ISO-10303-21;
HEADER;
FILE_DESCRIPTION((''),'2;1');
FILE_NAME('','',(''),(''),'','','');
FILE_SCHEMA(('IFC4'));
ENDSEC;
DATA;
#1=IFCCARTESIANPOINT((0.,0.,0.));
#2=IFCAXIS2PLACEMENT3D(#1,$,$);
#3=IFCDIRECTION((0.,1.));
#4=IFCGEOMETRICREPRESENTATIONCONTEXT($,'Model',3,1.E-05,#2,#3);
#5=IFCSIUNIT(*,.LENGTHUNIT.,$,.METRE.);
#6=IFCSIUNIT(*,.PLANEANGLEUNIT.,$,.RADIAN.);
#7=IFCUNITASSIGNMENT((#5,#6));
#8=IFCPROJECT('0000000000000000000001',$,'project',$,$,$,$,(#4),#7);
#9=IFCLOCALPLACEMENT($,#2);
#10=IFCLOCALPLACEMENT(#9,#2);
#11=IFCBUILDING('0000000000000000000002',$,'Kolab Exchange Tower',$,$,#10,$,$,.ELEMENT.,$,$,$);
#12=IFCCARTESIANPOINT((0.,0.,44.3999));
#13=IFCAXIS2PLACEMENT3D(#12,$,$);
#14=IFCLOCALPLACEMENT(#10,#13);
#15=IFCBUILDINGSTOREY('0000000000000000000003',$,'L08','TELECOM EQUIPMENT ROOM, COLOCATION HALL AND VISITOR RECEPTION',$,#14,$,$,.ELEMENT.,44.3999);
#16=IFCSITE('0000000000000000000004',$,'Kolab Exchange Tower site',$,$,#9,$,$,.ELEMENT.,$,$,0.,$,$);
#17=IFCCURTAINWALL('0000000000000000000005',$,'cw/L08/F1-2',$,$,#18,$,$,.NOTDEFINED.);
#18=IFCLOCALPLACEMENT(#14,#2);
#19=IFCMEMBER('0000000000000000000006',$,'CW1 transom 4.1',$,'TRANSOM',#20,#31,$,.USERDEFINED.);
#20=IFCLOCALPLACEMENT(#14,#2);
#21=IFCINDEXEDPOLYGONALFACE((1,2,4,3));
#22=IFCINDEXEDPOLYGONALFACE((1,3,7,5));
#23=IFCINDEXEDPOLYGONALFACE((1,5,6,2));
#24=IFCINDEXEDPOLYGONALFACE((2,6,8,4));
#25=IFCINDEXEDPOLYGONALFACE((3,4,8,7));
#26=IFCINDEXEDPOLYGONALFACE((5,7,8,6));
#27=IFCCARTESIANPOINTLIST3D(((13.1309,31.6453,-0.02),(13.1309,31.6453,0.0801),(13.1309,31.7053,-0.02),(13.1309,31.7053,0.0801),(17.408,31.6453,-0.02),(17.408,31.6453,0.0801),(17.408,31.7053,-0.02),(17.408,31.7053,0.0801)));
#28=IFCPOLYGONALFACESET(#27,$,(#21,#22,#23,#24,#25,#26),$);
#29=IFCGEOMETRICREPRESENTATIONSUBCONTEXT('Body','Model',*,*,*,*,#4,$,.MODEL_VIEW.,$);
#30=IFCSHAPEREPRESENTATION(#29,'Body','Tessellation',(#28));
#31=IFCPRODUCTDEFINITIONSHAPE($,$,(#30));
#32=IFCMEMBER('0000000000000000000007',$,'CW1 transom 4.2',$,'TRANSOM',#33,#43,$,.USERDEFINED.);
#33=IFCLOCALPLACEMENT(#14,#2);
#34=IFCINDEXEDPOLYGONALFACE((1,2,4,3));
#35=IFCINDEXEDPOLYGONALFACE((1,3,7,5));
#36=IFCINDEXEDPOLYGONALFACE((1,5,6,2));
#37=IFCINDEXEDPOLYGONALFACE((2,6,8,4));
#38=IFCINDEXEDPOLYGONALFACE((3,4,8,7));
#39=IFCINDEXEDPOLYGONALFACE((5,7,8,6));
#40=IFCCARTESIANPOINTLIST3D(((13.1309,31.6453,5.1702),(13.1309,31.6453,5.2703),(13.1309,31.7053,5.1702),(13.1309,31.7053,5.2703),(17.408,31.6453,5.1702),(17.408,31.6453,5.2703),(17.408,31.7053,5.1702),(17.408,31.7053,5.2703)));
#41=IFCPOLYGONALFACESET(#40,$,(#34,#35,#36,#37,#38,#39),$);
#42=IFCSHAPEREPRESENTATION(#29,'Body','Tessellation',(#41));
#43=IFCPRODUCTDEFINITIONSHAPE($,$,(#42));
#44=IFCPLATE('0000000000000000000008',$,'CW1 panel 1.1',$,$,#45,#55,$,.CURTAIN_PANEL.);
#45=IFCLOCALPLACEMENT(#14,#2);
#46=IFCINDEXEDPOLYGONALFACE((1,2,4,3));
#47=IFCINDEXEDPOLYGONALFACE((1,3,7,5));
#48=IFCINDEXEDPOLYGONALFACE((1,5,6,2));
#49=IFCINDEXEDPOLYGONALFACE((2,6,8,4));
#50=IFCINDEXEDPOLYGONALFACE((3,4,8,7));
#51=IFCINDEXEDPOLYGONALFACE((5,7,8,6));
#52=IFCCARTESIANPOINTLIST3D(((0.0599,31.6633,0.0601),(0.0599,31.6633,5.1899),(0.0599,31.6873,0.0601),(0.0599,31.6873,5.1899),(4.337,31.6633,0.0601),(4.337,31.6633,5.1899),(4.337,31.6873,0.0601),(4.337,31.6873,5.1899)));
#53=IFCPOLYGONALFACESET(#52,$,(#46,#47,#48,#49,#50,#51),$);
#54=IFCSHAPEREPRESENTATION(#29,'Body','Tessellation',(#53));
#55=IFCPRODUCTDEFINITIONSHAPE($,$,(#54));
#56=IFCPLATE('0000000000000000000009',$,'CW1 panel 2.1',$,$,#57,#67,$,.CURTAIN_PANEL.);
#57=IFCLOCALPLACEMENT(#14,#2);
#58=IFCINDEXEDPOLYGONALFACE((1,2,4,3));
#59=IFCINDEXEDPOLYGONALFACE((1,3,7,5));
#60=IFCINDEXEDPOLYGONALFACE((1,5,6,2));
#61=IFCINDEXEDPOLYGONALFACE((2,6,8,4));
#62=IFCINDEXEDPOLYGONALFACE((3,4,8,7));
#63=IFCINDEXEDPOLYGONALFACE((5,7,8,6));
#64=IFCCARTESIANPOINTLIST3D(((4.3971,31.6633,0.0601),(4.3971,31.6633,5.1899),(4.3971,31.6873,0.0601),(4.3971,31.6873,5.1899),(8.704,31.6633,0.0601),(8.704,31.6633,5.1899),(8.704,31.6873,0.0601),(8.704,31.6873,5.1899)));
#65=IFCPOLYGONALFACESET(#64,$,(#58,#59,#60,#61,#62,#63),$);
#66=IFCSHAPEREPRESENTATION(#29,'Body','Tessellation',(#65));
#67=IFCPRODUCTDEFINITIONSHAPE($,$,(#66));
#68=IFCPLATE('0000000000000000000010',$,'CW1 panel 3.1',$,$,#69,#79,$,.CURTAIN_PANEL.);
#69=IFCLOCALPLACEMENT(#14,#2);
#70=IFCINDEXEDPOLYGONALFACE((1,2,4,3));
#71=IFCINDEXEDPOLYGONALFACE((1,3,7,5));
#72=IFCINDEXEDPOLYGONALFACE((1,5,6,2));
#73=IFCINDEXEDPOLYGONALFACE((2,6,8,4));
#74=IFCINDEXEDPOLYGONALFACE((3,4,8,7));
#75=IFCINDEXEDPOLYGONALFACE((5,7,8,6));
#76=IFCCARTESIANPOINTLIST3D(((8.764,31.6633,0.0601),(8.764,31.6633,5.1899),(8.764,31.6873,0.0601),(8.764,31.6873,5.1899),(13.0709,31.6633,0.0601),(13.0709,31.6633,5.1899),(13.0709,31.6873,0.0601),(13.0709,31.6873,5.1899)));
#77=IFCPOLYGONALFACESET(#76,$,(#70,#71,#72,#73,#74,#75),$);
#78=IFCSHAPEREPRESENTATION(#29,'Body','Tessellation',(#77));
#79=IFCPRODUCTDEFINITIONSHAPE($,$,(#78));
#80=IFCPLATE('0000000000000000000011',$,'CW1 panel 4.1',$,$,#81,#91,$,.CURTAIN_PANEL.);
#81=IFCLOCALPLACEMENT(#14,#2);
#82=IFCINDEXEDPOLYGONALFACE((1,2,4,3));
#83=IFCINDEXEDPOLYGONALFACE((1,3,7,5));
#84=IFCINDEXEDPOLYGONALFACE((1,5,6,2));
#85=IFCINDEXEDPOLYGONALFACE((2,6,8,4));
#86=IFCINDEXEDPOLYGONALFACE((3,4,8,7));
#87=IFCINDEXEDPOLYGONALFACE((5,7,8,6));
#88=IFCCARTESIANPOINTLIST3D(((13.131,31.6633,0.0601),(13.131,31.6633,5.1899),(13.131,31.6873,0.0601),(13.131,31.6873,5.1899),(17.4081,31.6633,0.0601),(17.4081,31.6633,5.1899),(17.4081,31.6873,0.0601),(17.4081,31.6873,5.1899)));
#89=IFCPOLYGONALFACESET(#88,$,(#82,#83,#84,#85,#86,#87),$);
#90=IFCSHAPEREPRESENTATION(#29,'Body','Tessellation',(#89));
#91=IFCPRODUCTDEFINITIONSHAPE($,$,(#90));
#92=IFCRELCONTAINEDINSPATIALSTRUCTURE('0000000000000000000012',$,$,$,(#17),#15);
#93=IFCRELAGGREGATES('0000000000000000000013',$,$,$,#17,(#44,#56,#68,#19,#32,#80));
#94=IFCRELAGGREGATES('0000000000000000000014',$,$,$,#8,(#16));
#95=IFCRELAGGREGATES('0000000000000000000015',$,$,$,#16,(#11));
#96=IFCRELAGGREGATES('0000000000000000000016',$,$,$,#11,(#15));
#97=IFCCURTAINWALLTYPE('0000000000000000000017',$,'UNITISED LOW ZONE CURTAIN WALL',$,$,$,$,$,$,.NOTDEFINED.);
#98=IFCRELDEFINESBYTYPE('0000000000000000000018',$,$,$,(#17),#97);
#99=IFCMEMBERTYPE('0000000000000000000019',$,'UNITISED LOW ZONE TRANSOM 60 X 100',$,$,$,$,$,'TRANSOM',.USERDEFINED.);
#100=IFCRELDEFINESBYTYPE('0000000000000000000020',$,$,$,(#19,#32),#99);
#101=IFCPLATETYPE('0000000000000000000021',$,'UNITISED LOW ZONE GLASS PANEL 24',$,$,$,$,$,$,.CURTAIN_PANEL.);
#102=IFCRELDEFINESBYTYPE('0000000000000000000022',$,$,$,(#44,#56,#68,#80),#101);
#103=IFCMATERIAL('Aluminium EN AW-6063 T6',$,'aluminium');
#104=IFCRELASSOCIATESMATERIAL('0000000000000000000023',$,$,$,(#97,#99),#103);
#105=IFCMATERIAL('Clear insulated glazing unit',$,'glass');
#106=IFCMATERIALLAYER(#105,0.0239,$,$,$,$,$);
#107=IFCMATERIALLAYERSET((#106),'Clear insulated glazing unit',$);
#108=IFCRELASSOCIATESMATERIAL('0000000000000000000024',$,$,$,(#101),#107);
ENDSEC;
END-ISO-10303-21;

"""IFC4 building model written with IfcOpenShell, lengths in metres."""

from ifc_helpers import new_model, si_unit, direction, frame, origin, origin_2d, place, context, subcontext, project, spatial, rectangle, extrude, material, layer, layer_set, material_profile, profile_set, type_object, element, aggregate, save


model = new_model("IFC4")

# Units and contexts
model_context = context("Model", 3, precision=1e-05, world=origin(), true_north=direction((0.0, 1.0)))
body_context = subcontext(model_context, "Body", "Model", "MODEL_VIEW")
ifc_project = project(units=[si_unit("LENGTHUNIT", "METRE"), si_unit("PLANEANGLEUNIT", "RADIAN")], contexts=[model_context])

# Site, building, storey
site_placement = place(None, origin())
site = spatial("IfcSite", under=ifc_project, at=site_placement, Name="Kolab Exchange Tower site", CompositionType="ELEMENT", RefElevation=0.0)
building_placement = place(site_placement, origin())
building = spatial("IfcBuilding", under=site, at=building_placement, Name="Kolab Exchange Tower", CompositionType="ELEMENT")
storey_placement = place(building_placement, frame((0.0, 0.0, 44.3999)))
storey = spatial("IfcBuildingStorey", under=building, at=storey_placement, Name="L08", Description="TELECOM EQUIPMENT ROOM, COLOCATION HALL AND VISITOR RECEPTION", CompositionType="ELEMENT", Elevation=44.3999)

# Curtain wall, members, plates
ifc_material_1 = material(Name="Aluminium EN AW-6063 T6", Category="aluminium")
curtain_wall_type = type_object("IfcCurtainWallType", Name="UNITISED LOW ZONE CURTAIN WALL", PredefinedType="NOTDEFINED", material=ifc_material_1)
curtain_wall_placement = place(storey_placement, origin())
curtain_wall = element("IfcCurtainWall", 1, at=curtain_wall_placement, inside=storey, type_object=curtain_wall_type, Name="cw/L08/F1-2", PredefinedType="NOTDEFINED")
ifc_material_profile_1 = material_profile(ifc_material_1, rectangle(XDim=0.0601, YDim=0.1001, at=origin_2d()), Name="RECT 60X100")
ifc_profile_set_1 = profile_set([ifc_material_profile_1], Name="Aluminium EN AW-6063 T6")
member_type_1 = type_object("IfcMemberType", Name="UNITISED LOW ZONE TRANSOM 60 X 100", ElementType="TRANSOM", PredefinedType="USERDEFINED", material=ifc_profile_set_1)
member_1_placement = place(storey_placement, frame((13.1309, 31.6753, 0.03), z_axis=(1.0, 0.0, 0.0), x_axis=(0.0, 1.0, 0.0)))
member_1 = element("IfcMember", 2, at=member_1_placement, type_object=member_type_1, Name="CW1 transom 4.1", ObjectType="TRANSOM", PredefinedType="USERDEFINED", context=body_context, shape_type="SweptSolid", body=[
    extrude(rectangle(XDim=0.0601, YDim=0.1001, at=origin_2d()), origin(), (0.0, 0.0, 1.0), 4.2771),
])
member_2_placement = place(storey_placement, frame((13.1309, 31.6753, 5.2202), z_axis=(1.0, 0.0, 0.0), x_axis=(0.0, 1.0, 0.0)))
member_2 = element("IfcMember", 3, at=member_2_placement, type_object=member_type_1, Name="CW1 transom 4.2", ObjectType="TRANSOM", PredefinedType="USERDEFINED", context=body_context, shape_type="SweptSolid", body=[
    extrude(rectangle(XDim=0.0601, YDim=0.1001, at=origin_2d()), origin(), (0.0, 0.0, 1.0), 4.2771),
])
ifc_material_2 = material(Name="Clear insulated glazing unit", Category="glass")
ifc_layer = layer(ifc_material_2, 0.0239)
ifc_layer_set = layer_set([ifc_layer], Name="Clear insulated glazing unit")
plate_type = type_object("IfcPlateType", Name="UNITISED LOW ZONE GLASS PANEL 24", PredefinedType="CURTAIN_PANEL", material=ifc_layer_set)
plate_1_placement = place(storey_placement, frame((2.1985, 31.6753, 0.0601), z_axis=(0.0, 0.0, 1.0), x_axis=(1.0, 0.0, 0.0)))
plate_1 = element("IfcPlate", 4, at=plate_1_placement, type_object=plate_type, Name="CW1 panel 1.1", PredefinedType="CURTAIN_PANEL", context=body_context, shape_type="SweptSolid", body=[
    extrude(rectangle(XDim=4.2771, YDim=0.0239, at=origin_2d()), origin(), (0.0, 0.0, 1.0), 5.1299),
])
plate_2_placement = place(storey_placement, frame((6.5505, 31.6753, 0.0601), z_axis=(0.0, 0.0, 1.0), x_axis=(1.0, 0.0, 0.0)))
plate_2 = element("IfcPlate", 5, at=plate_2_placement, type_object=plate_type, Name="CW1 panel 2.1", PredefinedType="CURTAIN_PANEL", context=body_context, shape_type="SweptSolid", body=[
    extrude(rectangle(XDim=4.3069, YDim=0.0239, at=origin_2d()), origin(), (0.0, 0.0, 1.0), 5.1299),
])
plate_3_placement = place(storey_placement, frame((10.9175, 31.6753, 0.0601), z_axis=(0.0, 0.0, 1.0), x_axis=(1.0, 0.0, 0.0)))
plate_3 = element("IfcPlate", 6, at=plate_3_placement, type_object=plate_type, Name="CW1 panel 3.1", PredefinedType="CURTAIN_PANEL", context=body_context, shape_type="SweptSolid", body=[
    extrude(rectangle(XDim=4.3069, YDim=0.0239, at=origin_2d()), origin(), (0.0, 0.0, 1.0), 5.1299),
])
plate_4_placement = place(storey_placement, frame((15.2695, 31.6753, 0.0601), z_axis=(0.0, 0.0, 1.0), x_axis=(1.0, 0.0, 0.0)))
plate_4 = element("IfcPlate", 7, at=plate_4_placement, type_object=plate_type, Name="CW1 panel 4.1", PredefinedType="CURTAIN_PANEL", context=body_context, shape_type="SweptSolid", body=[
    extrude(rectangle(XDim=4.2771, YDim=0.0239, at=origin_2d()), origin(), (0.0, 0.0, 1.0), 5.1299),
])
aggregate(curtain_wall, [plate_1, plate_2, plate_3, member_1, member_2, plate_4])

save(model, "model.ifc")
